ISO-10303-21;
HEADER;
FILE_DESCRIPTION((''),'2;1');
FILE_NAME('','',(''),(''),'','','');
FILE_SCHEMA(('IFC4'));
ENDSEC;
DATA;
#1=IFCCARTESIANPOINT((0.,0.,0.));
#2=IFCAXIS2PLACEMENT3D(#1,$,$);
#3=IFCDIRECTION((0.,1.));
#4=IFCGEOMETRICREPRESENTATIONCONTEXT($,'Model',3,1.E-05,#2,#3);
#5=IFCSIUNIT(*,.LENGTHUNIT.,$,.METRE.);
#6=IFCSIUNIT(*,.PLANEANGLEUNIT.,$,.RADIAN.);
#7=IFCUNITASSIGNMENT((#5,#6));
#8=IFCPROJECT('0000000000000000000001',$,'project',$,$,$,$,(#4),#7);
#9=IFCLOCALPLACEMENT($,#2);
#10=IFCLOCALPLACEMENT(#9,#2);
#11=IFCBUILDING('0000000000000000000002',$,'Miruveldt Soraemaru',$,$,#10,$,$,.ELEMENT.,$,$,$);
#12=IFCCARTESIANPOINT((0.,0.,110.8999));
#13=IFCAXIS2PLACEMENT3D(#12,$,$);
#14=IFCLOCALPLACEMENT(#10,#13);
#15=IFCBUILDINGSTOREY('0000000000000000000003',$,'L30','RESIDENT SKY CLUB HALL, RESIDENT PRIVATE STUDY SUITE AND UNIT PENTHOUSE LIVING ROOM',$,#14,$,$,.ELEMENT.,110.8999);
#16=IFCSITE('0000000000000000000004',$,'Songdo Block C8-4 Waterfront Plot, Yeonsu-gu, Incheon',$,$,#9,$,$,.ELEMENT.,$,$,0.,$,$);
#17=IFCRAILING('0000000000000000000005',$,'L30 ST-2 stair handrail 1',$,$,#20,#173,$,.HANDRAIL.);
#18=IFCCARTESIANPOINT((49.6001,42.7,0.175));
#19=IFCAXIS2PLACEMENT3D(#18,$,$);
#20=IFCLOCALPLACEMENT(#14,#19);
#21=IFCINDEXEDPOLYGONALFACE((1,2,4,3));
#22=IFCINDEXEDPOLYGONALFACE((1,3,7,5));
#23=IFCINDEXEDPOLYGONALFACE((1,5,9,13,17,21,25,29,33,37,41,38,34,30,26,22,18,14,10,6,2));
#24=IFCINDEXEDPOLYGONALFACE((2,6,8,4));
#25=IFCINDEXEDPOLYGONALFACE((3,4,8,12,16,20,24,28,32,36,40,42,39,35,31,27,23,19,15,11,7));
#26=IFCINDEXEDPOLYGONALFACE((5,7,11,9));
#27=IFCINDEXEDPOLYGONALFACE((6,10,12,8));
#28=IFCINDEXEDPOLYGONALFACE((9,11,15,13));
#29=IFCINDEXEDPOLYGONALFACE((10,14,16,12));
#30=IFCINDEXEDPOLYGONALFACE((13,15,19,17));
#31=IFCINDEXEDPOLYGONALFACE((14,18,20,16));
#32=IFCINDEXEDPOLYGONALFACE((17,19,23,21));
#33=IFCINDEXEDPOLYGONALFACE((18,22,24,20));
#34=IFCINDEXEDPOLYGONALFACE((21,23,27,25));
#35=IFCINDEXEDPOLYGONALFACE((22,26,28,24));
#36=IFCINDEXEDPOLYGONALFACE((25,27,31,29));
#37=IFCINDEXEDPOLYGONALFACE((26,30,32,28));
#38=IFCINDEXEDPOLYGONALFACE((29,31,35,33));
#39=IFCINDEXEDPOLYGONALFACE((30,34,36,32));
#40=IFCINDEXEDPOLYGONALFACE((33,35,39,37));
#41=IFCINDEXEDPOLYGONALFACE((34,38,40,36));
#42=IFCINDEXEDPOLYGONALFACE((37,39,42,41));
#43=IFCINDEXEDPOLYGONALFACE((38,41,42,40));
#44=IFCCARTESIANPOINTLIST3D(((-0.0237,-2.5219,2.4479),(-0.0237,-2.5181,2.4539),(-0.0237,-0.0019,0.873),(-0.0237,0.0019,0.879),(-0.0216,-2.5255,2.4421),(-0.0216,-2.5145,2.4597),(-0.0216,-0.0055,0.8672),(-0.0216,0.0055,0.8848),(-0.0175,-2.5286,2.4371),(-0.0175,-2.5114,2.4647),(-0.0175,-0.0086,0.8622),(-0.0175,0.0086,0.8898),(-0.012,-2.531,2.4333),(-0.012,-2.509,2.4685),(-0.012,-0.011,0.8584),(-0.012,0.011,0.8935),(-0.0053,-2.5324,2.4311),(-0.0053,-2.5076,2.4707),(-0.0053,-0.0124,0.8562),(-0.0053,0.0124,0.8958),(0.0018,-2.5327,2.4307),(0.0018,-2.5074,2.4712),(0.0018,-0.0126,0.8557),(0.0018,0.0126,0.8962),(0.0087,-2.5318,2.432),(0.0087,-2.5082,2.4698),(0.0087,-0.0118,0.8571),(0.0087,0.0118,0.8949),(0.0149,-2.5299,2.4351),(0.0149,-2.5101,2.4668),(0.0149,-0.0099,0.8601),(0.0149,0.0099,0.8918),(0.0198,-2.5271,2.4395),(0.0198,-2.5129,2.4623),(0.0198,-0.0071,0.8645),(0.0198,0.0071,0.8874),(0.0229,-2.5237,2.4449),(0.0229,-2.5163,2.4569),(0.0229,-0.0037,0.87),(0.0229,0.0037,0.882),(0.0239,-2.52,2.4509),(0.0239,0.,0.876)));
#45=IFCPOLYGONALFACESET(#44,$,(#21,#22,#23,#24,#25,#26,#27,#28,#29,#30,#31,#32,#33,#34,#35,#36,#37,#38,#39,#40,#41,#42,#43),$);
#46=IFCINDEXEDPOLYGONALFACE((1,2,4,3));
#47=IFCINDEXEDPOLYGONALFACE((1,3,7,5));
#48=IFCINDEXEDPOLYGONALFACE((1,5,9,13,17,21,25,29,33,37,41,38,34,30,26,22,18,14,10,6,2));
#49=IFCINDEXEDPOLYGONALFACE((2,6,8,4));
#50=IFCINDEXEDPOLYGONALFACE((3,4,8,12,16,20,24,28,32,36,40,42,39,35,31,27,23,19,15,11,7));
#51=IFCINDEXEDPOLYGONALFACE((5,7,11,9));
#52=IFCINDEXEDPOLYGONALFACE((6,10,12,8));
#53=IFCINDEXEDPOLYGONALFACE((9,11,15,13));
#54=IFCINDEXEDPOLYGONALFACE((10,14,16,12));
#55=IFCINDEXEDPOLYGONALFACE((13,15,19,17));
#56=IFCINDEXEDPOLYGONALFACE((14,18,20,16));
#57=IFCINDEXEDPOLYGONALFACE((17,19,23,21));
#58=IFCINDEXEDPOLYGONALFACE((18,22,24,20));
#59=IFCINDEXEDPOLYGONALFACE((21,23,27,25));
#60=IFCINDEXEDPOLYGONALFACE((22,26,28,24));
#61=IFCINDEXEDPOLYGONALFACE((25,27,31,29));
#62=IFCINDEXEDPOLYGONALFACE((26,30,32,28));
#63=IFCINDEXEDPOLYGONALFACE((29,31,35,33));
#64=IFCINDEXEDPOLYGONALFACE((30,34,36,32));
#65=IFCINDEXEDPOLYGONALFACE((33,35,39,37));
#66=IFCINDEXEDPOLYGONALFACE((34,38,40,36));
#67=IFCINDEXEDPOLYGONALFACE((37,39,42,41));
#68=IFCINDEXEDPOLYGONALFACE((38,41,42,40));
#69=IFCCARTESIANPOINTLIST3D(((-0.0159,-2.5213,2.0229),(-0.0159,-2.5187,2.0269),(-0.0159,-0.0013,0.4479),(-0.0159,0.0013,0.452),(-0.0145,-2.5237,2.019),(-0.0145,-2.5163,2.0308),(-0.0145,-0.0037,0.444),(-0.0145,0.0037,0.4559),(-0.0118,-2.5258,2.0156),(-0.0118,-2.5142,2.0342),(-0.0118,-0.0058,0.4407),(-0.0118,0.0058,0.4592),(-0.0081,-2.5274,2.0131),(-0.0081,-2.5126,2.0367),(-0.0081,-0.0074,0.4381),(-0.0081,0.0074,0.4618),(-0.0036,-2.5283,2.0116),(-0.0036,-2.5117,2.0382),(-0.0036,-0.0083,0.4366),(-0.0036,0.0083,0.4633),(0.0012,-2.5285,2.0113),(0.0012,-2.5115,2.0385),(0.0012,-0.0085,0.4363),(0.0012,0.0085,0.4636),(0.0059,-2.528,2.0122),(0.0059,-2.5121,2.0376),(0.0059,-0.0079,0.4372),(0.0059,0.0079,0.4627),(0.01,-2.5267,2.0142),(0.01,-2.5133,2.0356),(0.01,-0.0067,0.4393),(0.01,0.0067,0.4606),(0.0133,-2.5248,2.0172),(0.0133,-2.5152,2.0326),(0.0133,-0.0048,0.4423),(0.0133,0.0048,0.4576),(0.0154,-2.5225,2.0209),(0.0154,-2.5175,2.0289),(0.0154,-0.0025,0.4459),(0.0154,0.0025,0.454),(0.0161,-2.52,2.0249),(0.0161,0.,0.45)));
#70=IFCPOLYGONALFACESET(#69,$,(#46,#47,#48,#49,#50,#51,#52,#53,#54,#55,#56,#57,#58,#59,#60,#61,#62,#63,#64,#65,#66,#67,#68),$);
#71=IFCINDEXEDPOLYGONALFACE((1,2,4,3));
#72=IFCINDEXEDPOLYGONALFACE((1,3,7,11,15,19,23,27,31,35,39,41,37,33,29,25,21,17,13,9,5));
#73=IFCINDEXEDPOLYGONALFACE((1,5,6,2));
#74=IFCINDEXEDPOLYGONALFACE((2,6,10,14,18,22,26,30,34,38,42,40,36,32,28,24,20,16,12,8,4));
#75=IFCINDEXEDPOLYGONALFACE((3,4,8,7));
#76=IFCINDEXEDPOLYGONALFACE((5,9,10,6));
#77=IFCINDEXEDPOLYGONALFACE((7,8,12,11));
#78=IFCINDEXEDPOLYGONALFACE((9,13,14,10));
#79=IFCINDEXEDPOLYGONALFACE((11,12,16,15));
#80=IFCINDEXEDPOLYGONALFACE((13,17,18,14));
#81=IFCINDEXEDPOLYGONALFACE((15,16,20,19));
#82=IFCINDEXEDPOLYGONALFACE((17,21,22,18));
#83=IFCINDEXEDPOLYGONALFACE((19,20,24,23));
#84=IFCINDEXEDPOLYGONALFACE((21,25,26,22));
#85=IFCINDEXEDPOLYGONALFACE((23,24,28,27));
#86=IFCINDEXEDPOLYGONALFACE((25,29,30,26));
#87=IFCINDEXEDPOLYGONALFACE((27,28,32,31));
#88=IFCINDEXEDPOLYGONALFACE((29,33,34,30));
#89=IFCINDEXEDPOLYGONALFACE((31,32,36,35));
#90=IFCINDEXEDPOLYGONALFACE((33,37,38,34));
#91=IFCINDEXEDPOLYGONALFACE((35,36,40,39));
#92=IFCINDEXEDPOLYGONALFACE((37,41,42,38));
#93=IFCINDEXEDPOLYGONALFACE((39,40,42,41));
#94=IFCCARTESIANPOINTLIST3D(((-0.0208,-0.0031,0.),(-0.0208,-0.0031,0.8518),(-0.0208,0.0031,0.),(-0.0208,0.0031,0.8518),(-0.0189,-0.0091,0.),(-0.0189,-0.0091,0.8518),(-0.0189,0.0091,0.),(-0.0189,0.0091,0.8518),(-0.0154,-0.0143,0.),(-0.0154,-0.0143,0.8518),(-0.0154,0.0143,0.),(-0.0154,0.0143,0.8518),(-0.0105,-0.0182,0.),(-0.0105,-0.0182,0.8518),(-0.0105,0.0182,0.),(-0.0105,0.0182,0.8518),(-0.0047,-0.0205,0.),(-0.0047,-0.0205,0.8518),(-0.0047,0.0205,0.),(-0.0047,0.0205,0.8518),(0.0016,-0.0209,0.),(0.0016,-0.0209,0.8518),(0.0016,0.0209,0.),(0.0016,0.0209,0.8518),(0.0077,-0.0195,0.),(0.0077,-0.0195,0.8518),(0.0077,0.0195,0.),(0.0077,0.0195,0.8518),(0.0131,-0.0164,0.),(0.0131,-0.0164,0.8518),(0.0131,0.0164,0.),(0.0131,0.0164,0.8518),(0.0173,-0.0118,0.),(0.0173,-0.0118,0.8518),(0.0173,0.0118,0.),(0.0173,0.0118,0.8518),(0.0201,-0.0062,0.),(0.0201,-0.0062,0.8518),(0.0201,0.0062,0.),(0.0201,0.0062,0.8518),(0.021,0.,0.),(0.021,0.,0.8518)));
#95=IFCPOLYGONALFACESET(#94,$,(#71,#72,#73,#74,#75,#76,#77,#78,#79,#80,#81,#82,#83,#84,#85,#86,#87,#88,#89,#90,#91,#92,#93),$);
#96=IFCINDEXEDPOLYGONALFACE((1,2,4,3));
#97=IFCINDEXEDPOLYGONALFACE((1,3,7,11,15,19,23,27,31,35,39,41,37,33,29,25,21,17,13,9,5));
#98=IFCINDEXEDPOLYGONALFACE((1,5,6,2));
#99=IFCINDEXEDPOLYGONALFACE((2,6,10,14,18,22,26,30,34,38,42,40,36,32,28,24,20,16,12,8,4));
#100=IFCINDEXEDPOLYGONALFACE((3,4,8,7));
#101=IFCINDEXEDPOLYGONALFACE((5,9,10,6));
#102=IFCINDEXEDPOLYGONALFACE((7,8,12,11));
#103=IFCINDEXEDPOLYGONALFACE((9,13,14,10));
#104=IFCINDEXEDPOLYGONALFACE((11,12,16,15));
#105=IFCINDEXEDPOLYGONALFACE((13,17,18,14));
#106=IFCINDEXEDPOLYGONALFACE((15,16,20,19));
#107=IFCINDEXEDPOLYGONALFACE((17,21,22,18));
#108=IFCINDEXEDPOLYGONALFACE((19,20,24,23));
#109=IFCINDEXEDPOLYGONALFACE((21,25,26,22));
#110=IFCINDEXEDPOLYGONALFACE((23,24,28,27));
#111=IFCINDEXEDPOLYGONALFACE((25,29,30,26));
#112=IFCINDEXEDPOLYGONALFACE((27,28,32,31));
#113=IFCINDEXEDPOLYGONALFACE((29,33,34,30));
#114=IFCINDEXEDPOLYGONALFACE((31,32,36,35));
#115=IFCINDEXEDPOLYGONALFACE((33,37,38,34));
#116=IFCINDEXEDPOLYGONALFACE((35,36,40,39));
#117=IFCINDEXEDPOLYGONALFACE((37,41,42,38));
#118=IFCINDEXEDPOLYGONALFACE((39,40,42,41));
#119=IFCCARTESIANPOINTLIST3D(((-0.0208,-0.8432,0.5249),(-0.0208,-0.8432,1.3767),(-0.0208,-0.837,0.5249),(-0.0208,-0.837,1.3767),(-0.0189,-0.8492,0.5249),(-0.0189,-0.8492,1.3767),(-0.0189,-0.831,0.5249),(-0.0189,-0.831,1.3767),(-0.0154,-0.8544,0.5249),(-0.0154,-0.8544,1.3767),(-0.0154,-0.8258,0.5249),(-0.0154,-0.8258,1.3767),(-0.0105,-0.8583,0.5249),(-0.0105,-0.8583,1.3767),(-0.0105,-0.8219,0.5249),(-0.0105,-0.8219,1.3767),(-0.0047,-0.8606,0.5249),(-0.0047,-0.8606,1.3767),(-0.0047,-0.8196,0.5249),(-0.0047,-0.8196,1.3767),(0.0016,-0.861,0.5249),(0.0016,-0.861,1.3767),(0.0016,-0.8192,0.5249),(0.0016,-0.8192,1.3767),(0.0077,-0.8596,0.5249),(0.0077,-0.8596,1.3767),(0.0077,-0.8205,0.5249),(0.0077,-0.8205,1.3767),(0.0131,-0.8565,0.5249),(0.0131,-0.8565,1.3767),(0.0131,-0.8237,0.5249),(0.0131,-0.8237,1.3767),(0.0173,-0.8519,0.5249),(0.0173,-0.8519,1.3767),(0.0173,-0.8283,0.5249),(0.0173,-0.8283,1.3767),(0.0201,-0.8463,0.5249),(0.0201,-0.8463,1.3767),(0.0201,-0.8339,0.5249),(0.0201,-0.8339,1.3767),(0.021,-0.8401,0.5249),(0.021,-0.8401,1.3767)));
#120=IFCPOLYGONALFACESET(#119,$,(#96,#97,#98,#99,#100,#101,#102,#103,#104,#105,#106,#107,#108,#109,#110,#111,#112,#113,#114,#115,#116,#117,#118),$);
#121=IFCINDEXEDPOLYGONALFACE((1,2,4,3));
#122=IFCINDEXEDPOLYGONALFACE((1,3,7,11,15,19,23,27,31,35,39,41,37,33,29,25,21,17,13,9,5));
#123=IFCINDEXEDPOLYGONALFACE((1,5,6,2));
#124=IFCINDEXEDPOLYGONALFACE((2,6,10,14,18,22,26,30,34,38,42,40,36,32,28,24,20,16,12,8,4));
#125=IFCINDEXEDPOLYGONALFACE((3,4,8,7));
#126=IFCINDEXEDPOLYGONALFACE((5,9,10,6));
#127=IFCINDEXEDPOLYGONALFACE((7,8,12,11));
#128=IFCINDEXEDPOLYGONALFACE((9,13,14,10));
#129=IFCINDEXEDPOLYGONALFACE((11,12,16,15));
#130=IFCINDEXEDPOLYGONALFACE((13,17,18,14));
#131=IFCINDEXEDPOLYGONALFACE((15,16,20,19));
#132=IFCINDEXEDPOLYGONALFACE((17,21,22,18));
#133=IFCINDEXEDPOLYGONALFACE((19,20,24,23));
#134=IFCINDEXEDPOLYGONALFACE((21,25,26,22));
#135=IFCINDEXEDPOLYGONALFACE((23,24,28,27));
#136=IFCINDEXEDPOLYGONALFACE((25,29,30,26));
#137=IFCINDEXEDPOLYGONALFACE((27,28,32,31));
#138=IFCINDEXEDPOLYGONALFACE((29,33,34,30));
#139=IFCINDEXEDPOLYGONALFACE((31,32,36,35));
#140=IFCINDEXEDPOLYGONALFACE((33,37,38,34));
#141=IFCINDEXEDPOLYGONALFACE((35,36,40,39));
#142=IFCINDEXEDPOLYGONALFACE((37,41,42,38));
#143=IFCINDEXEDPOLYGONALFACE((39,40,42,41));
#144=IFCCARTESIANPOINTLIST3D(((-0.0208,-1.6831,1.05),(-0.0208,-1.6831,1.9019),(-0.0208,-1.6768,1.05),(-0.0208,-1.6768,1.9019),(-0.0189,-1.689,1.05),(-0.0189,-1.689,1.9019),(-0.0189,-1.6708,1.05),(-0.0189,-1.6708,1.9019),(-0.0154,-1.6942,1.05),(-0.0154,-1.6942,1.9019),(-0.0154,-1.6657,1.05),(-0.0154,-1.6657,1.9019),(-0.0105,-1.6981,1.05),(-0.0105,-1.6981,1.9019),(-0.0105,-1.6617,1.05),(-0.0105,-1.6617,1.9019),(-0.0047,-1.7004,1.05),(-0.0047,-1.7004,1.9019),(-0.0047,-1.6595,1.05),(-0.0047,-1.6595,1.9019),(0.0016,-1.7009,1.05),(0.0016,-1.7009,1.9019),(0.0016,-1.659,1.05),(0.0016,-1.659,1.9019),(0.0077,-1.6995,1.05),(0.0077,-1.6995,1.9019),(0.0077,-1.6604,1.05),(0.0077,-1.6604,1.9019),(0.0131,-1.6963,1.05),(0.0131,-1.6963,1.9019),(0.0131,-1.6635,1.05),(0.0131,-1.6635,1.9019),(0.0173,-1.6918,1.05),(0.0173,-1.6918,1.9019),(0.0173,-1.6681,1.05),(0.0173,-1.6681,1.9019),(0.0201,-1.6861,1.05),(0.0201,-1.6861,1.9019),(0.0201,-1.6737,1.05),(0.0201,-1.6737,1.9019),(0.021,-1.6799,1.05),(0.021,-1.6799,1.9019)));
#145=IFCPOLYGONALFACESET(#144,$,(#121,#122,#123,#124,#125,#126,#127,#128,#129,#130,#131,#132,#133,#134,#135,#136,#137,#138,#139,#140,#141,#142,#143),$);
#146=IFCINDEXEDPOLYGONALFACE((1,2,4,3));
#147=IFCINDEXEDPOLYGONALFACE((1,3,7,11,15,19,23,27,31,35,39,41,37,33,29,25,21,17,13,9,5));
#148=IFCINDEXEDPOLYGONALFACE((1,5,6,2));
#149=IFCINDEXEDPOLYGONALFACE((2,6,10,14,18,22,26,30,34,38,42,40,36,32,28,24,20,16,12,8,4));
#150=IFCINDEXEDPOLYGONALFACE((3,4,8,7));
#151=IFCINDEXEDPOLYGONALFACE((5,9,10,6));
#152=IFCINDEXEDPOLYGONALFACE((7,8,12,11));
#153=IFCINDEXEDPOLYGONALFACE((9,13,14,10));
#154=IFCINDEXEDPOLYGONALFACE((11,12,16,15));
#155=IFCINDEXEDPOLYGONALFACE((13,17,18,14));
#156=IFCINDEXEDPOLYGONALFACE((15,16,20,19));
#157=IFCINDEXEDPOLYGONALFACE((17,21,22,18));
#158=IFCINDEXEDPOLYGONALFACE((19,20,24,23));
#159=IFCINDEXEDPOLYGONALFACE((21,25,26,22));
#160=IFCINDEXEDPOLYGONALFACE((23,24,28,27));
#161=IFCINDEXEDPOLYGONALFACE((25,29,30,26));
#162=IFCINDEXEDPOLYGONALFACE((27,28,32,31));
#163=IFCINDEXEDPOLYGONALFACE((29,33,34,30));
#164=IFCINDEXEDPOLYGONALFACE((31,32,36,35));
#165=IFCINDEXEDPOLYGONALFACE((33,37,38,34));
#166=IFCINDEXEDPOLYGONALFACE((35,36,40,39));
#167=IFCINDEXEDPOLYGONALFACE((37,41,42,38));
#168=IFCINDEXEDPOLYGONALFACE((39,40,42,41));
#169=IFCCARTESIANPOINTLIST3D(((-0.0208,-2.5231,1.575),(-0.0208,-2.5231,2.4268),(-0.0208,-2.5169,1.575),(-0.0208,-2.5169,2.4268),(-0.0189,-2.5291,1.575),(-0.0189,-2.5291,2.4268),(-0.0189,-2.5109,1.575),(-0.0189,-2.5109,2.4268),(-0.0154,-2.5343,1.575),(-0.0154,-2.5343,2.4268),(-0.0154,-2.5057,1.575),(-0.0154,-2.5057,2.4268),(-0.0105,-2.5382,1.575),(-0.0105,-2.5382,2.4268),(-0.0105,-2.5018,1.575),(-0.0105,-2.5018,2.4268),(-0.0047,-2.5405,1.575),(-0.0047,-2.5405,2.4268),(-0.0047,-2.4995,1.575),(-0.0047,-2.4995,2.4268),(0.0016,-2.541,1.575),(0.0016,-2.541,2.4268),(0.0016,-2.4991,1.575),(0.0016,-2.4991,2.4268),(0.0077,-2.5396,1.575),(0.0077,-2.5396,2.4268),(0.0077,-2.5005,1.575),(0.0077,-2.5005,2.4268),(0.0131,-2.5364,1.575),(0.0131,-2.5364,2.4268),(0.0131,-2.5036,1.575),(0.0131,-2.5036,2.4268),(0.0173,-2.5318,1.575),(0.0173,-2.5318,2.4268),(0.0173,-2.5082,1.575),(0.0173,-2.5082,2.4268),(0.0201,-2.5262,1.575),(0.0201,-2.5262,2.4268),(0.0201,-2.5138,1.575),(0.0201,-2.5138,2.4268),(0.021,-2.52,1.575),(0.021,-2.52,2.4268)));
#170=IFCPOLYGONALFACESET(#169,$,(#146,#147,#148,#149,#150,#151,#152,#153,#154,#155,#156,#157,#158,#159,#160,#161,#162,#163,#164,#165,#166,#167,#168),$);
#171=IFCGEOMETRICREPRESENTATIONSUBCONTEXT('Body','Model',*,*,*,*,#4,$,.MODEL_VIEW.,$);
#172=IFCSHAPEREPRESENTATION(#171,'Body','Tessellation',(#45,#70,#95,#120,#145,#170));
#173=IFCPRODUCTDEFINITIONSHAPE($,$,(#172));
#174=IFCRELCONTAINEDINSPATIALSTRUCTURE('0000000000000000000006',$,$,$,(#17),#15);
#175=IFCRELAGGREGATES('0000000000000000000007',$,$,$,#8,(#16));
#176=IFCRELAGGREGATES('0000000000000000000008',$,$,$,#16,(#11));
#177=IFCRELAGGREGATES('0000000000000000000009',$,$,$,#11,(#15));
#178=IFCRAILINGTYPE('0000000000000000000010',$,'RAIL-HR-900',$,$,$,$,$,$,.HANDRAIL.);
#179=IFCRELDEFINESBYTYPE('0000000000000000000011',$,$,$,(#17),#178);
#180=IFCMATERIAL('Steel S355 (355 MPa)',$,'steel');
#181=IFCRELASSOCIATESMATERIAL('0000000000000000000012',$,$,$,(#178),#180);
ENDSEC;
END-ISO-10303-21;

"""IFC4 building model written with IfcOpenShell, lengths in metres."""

from ifc_helpers import new_model, si_unit, direction, frame, origin, origin_2d, place, context, subcontext, project, spatial, circle, extrude, material, type_object, element, save


model = new_model("IFC4")

# Units and contexts
model_context = context("Model", 3, precision=1e-05, world=origin(), true_north=direction((0.0, 1.0)))
body_context = subcontext(model_context, "Body", "Model", "MODEL_VIEW")
ifc_project = project(units=[si_unit("LENGTHUNIT", "METRE"), si_unit("PLANEANGLEUNIT", "RADIAN")], contexts=[model_context])

# Site, building, storey
site_placement = place(None, origin())
site = spatial("IfcSite", under=ifc_project, at=site_placement, Name="Songdo Block C8-4 Waterfront Plot, Yeonsu-gu, Incheon", CompositionType="ELEMENT", RefElevation=0.0)
building_placement = place(site_placement, origin())
building = spatial("IfcBuilding", under=site, at=building_placement, Name="Miruveldt Soraemaru", CompositionType="ELEMENT")
storey_placement = place(building_placement, frame((0.0, 0.0, 110.8999)))
storey = spatial("IfcBuildingStorey", under=building, at=storey_placement, Name="L30", Description="RESIDENT SKY CLUB HALL, RESIDENT PRIVATE STUDY SUITE AND UNIT PENTHOUSE LIVING ROOM", CompositionType="ELEMENT", Elevation=110.8999)

# Railing
ifc_material_1 = material(Name="Steel S355 (355 MPa)", Category="steel")
railing_type_1 = type_object("IfcRailingType", Name="RAIL-HR-900", PredefinedType="HANDRAIL", material=ifc_material_1)
railing_1_placement = place(storey_placement, frame((49.6001, 42.7, 0.175)))
element("IfcRailing", 1, at=railing_1_placement, inside=storey, type_object=railing_type_1, Name="L30 ST-2 stair handrail 1", PredefinedType="HANDRAIL", context=body_context, shape_type="SweptSolid", body=[
    extrude(circle(Radius=0.0239, at=origin_2d()), frame((0.0, 0.0, 0.876), z_axis=(0.0, -0.848008, 0.529984), x_axis=(1.0, 0.0, 0.0)), (0.0, 0.0, 1.0), 2.9717),
    extrude(circle(Radius=0.0161, at=origin_2d()), frame((0.0, 0.0, 0.45), z_axis=(0.0, -0.848008, 0.529984), x_axis=(1.0, 0.0, 0.0)), (0.0, 0.0, 1.0), 2.9717),
    extrude(circle(Radius=0.021, at=origin_2d()), origin(), (0.0, 0.0, 1.0), 0.8518),
    extrude(circle(Radius=0.021, at=origin_2d()), frame((0.0, -0.8401, 0.5249)), (0.0, 0.0, 1.0), 0.8518),
    extrude(circle(Radius=0.021, at=origin_2d()), frame((0.0, -1.6799, 1.05)), (0.0, 0.0, 1.0), 0.8518),
    extrude(circle(Radius=0.021, at=origin_2d()), frame((0.0, -2.52, 1.575)), (0.0, 0.0, 1.0), 0.8518),
])

save(model, "model.ifc")
